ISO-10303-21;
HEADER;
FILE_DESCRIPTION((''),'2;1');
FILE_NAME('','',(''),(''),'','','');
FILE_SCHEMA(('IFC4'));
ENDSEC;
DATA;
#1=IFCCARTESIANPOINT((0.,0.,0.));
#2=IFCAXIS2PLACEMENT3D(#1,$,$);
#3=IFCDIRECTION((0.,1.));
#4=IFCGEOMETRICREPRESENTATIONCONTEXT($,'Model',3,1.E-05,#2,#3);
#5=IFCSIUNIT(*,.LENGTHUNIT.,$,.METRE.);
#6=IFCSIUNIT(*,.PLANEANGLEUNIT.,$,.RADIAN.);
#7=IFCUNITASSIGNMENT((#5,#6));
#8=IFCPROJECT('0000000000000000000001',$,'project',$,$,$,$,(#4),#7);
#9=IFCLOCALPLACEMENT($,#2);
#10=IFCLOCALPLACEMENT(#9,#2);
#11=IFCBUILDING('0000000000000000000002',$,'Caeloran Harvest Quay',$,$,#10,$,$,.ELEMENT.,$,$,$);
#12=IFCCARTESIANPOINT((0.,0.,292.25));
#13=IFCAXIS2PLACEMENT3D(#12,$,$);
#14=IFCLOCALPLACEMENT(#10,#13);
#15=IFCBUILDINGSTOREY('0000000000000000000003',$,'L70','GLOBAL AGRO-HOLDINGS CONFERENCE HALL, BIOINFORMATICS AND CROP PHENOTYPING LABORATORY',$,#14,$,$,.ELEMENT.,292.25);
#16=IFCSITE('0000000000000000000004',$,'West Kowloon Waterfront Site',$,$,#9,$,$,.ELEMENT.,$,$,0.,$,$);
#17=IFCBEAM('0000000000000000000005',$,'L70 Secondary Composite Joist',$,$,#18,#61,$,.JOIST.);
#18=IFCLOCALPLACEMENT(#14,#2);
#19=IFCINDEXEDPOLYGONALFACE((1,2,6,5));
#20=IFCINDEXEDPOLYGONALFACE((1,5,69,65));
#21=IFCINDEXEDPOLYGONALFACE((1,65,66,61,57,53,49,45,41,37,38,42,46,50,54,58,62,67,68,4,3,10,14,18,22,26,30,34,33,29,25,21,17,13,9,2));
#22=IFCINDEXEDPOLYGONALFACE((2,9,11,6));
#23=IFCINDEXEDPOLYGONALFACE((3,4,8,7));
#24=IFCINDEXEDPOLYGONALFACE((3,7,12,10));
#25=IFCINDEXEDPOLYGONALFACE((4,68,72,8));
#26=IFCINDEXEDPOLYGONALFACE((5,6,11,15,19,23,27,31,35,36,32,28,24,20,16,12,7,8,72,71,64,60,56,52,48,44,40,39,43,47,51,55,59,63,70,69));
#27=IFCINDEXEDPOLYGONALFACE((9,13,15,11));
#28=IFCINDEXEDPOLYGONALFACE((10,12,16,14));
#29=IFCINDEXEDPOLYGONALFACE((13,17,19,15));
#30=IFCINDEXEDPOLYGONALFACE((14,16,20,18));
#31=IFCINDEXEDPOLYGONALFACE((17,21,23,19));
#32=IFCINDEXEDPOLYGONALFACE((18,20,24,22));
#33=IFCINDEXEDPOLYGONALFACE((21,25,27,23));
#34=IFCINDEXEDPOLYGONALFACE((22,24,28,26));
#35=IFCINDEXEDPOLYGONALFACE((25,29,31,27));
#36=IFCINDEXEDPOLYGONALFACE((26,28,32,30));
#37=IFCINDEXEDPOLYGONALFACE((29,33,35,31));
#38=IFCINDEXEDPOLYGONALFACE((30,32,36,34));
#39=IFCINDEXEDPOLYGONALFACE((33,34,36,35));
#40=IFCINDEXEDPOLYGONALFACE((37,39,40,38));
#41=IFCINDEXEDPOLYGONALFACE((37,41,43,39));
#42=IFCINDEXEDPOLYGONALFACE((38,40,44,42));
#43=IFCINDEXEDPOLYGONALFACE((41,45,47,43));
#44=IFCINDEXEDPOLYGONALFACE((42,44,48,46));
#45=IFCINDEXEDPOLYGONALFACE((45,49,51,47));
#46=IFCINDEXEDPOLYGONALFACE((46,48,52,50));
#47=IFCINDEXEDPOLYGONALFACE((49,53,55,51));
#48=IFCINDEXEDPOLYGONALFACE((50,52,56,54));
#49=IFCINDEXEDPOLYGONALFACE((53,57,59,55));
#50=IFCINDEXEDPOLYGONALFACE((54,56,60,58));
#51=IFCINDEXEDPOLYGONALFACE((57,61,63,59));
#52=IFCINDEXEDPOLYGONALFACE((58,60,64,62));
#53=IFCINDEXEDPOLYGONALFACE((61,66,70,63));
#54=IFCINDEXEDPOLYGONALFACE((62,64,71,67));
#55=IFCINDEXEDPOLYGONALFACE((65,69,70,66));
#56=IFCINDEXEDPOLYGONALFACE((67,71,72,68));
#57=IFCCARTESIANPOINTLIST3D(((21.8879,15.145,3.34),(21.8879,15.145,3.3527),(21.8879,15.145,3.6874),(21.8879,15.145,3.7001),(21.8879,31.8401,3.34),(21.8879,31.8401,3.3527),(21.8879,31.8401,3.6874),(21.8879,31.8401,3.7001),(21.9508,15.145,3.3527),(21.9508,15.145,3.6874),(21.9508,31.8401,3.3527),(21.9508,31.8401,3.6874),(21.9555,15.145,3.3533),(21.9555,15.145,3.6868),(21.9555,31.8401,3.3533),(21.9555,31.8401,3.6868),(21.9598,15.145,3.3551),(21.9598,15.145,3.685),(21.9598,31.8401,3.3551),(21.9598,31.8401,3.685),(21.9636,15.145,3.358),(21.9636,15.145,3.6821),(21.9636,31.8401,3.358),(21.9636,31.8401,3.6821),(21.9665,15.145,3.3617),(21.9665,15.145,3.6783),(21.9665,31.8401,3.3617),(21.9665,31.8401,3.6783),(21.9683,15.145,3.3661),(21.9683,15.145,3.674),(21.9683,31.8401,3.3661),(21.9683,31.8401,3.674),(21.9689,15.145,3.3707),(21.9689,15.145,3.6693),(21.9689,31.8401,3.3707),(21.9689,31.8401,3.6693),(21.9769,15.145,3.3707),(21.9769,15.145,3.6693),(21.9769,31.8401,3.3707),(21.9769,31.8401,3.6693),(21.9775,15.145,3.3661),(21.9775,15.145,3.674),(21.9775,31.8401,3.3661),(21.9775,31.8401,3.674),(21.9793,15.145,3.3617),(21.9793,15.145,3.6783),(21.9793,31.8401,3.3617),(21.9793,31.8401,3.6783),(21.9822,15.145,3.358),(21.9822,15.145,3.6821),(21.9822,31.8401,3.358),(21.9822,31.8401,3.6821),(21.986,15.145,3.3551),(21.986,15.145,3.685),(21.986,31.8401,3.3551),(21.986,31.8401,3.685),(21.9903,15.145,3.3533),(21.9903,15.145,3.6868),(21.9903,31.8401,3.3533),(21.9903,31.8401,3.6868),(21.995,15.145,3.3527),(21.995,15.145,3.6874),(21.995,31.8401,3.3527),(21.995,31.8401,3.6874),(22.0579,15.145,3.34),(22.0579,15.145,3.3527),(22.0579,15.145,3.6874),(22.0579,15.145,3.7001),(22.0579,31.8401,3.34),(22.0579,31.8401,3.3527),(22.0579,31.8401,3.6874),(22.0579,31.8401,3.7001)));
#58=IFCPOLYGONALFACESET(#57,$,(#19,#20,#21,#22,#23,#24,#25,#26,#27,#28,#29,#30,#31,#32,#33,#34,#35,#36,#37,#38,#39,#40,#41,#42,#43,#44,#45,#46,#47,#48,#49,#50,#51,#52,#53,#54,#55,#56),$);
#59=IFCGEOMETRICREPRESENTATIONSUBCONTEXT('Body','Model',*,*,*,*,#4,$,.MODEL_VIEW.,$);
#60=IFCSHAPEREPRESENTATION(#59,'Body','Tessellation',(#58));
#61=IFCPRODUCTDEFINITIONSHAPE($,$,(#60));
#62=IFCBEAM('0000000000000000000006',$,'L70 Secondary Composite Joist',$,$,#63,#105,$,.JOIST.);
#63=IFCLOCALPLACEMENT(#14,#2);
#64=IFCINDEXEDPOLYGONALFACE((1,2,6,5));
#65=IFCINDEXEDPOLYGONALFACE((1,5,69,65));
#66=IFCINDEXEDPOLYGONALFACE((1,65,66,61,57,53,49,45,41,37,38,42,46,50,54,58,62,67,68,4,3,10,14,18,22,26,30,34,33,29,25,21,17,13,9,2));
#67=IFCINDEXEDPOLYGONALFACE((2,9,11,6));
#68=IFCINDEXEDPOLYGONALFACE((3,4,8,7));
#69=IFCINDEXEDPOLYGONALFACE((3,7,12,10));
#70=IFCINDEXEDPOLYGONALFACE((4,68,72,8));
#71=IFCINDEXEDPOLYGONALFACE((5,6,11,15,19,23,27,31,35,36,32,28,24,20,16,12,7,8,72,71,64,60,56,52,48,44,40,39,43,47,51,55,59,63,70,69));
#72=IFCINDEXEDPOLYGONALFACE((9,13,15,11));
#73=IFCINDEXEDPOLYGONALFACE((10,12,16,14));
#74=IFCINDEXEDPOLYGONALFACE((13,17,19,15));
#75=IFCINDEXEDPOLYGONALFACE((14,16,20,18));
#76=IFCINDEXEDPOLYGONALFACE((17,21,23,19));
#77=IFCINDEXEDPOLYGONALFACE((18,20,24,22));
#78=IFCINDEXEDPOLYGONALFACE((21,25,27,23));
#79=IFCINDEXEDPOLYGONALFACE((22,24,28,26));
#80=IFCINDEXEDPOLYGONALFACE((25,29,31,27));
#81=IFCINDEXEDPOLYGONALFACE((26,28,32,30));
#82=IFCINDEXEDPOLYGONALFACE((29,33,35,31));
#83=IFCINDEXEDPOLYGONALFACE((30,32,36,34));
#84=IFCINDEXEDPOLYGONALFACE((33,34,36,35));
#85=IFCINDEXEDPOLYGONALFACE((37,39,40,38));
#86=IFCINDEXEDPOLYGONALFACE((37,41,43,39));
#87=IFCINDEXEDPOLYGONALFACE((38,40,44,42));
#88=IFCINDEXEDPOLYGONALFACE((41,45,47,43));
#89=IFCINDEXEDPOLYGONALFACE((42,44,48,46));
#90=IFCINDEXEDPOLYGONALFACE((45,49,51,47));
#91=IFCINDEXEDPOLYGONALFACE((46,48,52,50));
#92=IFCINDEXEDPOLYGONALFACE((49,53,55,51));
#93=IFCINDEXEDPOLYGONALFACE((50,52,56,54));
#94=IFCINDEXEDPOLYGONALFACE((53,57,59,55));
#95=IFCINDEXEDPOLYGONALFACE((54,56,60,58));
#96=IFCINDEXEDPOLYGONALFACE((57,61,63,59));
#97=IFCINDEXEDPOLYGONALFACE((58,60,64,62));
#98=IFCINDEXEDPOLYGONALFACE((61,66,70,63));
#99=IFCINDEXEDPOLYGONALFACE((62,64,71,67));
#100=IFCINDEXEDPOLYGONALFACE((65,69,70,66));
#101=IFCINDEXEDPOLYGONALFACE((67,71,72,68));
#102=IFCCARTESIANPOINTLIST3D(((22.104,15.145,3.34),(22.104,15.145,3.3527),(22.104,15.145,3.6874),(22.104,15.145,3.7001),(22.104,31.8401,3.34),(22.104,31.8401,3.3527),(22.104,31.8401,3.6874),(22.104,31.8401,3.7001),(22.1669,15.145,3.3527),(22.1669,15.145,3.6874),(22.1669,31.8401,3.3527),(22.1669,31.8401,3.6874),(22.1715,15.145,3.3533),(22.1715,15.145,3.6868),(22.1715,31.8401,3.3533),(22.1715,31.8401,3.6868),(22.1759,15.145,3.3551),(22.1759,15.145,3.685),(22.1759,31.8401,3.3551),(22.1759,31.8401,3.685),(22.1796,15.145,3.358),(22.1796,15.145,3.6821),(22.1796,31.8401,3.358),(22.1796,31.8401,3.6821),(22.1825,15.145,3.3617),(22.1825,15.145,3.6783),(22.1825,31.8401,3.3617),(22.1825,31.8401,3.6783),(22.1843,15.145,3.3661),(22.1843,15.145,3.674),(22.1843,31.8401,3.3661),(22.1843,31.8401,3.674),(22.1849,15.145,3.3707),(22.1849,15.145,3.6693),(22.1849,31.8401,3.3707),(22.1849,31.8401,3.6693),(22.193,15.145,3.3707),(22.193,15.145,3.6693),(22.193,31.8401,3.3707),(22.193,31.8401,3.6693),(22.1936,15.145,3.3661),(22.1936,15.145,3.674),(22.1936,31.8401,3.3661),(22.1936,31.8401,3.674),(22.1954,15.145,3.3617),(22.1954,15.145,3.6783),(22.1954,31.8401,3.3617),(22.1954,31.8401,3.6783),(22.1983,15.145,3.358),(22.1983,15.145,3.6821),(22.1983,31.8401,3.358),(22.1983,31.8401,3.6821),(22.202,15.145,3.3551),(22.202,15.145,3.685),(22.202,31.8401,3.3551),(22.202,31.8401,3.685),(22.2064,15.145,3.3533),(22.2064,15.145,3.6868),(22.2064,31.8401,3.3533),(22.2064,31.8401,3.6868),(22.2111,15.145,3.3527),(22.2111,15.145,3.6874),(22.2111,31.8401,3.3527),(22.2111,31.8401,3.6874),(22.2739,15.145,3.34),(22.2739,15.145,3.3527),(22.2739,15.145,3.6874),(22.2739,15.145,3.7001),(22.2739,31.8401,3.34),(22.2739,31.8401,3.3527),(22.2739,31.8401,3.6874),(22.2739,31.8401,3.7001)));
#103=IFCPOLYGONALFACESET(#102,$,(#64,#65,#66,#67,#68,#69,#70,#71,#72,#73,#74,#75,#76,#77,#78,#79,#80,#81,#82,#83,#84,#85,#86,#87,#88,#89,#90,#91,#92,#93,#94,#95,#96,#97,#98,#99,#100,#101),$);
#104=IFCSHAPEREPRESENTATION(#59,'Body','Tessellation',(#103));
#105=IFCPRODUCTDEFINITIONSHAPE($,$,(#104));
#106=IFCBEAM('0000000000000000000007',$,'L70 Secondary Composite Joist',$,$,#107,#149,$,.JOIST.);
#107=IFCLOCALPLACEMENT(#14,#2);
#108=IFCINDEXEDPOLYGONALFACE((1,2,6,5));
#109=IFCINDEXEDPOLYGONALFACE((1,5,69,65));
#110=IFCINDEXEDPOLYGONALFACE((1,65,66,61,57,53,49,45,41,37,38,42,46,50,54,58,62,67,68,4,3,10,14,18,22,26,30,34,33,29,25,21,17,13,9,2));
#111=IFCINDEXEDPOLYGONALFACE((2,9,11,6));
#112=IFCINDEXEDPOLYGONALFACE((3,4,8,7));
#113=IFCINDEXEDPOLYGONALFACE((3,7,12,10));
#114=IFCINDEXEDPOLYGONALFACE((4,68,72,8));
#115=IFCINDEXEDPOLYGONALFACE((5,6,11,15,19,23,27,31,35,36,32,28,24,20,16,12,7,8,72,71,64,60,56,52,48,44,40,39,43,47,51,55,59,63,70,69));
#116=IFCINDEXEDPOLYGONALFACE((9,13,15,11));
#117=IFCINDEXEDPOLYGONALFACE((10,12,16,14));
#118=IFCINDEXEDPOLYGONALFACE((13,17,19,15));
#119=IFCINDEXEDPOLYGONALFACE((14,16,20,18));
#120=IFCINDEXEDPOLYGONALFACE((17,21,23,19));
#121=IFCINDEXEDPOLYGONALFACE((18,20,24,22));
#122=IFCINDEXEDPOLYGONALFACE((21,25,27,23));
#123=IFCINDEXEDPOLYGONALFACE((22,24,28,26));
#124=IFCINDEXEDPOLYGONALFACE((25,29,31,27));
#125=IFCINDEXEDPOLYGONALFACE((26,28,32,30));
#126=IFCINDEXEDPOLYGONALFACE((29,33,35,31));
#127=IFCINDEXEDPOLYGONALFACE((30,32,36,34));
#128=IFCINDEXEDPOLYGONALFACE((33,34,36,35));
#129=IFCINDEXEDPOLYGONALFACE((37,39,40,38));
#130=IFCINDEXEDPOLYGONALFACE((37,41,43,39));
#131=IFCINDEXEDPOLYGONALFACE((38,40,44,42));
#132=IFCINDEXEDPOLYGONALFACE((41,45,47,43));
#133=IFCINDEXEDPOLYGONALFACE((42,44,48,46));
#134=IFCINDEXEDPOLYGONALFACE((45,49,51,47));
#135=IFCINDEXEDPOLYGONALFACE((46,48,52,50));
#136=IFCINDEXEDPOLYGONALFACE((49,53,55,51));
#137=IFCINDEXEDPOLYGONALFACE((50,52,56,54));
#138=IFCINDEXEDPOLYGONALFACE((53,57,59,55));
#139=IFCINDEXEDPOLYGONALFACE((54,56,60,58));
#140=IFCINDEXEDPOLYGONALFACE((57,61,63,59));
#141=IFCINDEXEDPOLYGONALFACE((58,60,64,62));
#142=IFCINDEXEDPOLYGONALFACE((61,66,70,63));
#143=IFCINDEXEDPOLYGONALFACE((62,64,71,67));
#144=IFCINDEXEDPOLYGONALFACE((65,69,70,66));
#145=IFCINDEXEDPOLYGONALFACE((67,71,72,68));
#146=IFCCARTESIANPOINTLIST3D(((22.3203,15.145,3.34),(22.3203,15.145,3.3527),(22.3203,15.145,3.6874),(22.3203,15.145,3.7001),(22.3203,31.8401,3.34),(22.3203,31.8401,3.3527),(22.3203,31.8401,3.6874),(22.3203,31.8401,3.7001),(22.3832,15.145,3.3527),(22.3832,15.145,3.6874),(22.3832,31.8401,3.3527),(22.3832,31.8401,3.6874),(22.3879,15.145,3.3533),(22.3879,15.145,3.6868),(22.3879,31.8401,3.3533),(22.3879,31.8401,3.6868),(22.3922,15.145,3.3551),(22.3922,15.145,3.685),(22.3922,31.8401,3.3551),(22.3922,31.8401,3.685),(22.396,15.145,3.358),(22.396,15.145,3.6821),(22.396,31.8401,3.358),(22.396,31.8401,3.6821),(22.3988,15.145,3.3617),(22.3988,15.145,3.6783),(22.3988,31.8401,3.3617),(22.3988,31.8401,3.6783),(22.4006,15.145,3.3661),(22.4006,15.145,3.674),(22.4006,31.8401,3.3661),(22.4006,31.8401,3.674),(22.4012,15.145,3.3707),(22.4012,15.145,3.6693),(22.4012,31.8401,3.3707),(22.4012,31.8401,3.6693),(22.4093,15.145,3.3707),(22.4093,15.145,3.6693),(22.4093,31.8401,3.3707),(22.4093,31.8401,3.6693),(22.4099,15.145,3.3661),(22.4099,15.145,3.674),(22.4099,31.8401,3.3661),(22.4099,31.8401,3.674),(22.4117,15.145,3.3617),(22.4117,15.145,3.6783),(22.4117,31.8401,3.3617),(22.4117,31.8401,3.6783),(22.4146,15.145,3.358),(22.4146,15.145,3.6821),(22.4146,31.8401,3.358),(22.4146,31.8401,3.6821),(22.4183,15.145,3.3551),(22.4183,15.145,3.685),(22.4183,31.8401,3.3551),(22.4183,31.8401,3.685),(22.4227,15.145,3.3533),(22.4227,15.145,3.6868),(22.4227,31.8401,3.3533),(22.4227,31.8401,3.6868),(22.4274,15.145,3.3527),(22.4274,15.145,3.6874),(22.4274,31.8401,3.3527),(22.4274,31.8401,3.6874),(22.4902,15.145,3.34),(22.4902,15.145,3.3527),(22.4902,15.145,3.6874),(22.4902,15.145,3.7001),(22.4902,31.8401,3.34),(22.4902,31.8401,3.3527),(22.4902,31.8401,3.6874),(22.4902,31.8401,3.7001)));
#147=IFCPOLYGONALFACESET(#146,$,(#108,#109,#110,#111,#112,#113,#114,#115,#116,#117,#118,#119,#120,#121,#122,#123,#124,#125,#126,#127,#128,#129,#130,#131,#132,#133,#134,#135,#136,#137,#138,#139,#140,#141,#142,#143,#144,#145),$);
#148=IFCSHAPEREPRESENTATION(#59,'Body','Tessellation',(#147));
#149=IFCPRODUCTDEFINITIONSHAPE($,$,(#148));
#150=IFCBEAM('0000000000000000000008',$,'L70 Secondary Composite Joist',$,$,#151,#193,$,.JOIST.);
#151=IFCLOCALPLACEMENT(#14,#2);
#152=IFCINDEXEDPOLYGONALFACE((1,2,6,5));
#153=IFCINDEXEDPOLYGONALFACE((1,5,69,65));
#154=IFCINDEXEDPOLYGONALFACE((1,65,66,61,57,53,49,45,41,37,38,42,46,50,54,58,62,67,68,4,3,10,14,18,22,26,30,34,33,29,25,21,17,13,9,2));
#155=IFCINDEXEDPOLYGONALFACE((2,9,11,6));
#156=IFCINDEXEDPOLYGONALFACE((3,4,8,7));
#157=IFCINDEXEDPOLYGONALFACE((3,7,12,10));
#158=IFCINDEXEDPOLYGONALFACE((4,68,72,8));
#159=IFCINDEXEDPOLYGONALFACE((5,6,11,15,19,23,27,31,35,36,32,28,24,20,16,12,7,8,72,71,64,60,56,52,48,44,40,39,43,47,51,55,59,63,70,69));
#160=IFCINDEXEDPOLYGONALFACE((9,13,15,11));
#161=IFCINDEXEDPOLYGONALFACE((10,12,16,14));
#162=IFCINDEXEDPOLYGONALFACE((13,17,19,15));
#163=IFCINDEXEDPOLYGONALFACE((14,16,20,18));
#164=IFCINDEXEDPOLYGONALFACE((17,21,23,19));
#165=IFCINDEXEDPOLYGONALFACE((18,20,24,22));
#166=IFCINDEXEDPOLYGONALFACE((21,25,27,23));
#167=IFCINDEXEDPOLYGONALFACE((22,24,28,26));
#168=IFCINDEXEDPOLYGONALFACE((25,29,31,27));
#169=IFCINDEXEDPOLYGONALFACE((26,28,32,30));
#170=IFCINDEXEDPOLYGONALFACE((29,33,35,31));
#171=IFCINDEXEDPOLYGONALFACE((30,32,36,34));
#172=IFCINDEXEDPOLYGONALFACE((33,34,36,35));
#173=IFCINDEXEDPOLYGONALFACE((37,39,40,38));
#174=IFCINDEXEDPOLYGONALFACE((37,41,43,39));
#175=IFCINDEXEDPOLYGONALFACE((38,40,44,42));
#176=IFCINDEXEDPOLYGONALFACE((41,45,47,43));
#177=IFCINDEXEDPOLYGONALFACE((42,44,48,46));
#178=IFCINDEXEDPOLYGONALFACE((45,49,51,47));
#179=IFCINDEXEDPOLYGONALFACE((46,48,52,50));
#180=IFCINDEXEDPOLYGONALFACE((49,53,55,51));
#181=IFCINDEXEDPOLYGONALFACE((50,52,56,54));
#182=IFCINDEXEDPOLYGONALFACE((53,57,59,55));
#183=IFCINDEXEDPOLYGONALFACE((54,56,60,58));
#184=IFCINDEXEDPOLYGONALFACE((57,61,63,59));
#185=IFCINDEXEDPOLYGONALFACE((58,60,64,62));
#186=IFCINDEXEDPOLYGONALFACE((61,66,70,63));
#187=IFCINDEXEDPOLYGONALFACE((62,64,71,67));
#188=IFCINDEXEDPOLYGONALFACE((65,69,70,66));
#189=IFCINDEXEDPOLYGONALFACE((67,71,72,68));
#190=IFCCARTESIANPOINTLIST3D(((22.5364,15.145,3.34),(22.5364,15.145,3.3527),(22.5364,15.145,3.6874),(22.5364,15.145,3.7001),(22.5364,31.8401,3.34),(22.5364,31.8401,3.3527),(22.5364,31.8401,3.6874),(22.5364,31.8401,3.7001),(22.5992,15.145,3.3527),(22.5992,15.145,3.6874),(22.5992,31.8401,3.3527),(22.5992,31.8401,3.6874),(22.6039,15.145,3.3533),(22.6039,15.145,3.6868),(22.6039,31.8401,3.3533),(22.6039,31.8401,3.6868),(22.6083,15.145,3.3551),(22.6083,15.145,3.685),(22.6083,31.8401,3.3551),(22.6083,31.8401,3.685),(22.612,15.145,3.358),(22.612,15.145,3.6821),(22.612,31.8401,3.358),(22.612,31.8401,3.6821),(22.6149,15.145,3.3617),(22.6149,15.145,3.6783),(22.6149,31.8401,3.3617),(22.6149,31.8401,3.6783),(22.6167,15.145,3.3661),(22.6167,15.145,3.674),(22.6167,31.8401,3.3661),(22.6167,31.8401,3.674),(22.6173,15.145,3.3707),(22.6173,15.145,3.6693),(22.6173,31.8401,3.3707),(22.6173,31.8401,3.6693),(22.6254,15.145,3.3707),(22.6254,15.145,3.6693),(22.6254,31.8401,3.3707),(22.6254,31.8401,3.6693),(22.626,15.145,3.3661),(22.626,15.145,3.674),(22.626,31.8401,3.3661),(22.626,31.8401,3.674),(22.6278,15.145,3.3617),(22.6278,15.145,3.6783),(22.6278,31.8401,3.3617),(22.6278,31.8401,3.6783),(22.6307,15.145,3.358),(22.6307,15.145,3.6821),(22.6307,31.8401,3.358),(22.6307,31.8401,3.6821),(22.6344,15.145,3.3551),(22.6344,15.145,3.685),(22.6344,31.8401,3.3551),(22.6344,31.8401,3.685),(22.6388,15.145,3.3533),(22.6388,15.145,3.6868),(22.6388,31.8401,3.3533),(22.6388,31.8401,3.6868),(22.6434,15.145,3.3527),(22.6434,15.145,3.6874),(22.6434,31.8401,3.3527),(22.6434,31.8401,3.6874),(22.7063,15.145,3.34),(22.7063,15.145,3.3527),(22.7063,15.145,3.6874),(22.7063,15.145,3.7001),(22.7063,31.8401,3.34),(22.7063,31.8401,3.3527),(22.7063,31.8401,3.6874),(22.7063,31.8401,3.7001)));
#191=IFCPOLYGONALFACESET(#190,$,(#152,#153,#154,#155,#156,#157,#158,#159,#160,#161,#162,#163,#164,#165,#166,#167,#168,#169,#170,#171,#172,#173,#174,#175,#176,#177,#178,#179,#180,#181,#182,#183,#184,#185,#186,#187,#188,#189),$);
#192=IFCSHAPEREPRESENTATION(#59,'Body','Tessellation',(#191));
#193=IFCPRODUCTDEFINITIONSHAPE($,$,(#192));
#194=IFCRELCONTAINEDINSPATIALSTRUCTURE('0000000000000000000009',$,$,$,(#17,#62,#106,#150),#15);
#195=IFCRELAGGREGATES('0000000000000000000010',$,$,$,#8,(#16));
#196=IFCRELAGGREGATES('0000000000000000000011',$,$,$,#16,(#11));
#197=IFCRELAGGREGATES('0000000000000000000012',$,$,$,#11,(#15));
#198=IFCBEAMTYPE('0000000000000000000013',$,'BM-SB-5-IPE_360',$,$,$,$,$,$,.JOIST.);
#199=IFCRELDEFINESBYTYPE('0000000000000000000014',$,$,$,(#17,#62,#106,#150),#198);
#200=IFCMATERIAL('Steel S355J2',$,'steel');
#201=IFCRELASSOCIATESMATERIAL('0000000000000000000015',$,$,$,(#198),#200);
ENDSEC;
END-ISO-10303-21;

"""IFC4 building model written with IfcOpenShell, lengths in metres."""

from ifc_helpers import new_model, si_unit, direction, frame, origin, origin_2d, place, context, subcontext, project, spatial, i_section, extrude, material, material_profile, profile_set, type_object, element, save


model = new_model("IFC4")

# Units and contexts
model_context = context("Model", 3, precision=1e-05, world=origin(), true_north=direction((0.0, 1.0)))
body_context = subcontext(model_context, "Body", "Model", "MODEL_VIEW")
ifc_project = project(units=[si_unit("LENGTHUNIT", "METRE"), si_unit("PLANEANGLEUNIT", "RADIAN")], contexts=[model_context])

# Site, building, storey
site_placement = place(None, origin())
site = spatial("IfcSite", under=ifc_project, at=site_placement, Name="West Kowloon Waterfront Site", CompositionType="ELEMENT", RefElevation=0.0)
building_placement = place(site_placement, origin())
building = spatial("IfcBuilding", under=site, at=building_placement, Name="Caeloran Harvest Quay", CompositionType="ELEMENT")
storey_placement = place(building_placement, frame((0.0, 0.0, 292.25)))
storey = spatial("IfcBuildingStorey", under=building, at=storey_placement, Name="L70", Description="GLOBAL AGRO-HOLDINGS CONFERENCE HALL, BIOINFORMATICS AND CROP PHENOTYPING LABORATORY", CompositionType="ELEMENT", Elevation=292.25)

# Beams
ifc_material_1 = material(Name="Steel S355J2", Category="steel")
ifc_material_profile_1 = material_profile(ifc_material_1, i_section(OverallWidth=0.1699, OverallDepth=0.3601, WebThickness=0.0081, FlangeThickness=0.0127, FilletRadius=0.0181, at=origin_2d()), Name="IPE 360")
ifc_profile_set_1 = profile_set([ifc_material_profile_1], Name="Steel S355J2")
beam_type_1 = type_object("IfcBeamType", Name="BM-SB-5-IPE_360", PredefinedType="JOIST", material=ifc_profile_set_1)
for number, where, z_axis, x_axis, name in (
    (1, (21.9729, 15.145, 3.52), (0.0, 1.0, 0.0), (-1.0, 0.0, 0.0), "L70 Secondary Composite Joist"),
    (2, (22.189, 15.145, 3.52), (0.0, 1.0, 0.0), (-1.0, 0.0, 0.0), "L70 Secondary Composite Joist"),
    (3, (22.4053, 15.145, 3.52), (0.0, 1.0, 0.0), (-1.0, 0.0, 0.0), "L70 Secondary Composite Joist"),
    (4, (22.6213, 15.145, 3.52), (0.0, 1.0, 0.0), (-1.0, 0.0, 0.0), "L70 Secondary Composite Joist"),
):
    element("IfcBeam", number, at=place(storey_placement, frame(where, z_axis=z_axis, x_axis=x_axis)), inside=storey, type_object=beam_type_1, Name=name, PredefinedType="JOIST", context=body_context, shape_type="SweptSolid", body=[
        extrude(i_section(OverallWidth=0.1699, OverallDepth=0.3601, WebThickness=0.0081, FlangeThickness=0.0127, FilletRadius=0.0181, at=origin_2d()), origin(), (0.0, 0.0, 1.0), 16.6951),
    ])

save(model, "model.ifc")
